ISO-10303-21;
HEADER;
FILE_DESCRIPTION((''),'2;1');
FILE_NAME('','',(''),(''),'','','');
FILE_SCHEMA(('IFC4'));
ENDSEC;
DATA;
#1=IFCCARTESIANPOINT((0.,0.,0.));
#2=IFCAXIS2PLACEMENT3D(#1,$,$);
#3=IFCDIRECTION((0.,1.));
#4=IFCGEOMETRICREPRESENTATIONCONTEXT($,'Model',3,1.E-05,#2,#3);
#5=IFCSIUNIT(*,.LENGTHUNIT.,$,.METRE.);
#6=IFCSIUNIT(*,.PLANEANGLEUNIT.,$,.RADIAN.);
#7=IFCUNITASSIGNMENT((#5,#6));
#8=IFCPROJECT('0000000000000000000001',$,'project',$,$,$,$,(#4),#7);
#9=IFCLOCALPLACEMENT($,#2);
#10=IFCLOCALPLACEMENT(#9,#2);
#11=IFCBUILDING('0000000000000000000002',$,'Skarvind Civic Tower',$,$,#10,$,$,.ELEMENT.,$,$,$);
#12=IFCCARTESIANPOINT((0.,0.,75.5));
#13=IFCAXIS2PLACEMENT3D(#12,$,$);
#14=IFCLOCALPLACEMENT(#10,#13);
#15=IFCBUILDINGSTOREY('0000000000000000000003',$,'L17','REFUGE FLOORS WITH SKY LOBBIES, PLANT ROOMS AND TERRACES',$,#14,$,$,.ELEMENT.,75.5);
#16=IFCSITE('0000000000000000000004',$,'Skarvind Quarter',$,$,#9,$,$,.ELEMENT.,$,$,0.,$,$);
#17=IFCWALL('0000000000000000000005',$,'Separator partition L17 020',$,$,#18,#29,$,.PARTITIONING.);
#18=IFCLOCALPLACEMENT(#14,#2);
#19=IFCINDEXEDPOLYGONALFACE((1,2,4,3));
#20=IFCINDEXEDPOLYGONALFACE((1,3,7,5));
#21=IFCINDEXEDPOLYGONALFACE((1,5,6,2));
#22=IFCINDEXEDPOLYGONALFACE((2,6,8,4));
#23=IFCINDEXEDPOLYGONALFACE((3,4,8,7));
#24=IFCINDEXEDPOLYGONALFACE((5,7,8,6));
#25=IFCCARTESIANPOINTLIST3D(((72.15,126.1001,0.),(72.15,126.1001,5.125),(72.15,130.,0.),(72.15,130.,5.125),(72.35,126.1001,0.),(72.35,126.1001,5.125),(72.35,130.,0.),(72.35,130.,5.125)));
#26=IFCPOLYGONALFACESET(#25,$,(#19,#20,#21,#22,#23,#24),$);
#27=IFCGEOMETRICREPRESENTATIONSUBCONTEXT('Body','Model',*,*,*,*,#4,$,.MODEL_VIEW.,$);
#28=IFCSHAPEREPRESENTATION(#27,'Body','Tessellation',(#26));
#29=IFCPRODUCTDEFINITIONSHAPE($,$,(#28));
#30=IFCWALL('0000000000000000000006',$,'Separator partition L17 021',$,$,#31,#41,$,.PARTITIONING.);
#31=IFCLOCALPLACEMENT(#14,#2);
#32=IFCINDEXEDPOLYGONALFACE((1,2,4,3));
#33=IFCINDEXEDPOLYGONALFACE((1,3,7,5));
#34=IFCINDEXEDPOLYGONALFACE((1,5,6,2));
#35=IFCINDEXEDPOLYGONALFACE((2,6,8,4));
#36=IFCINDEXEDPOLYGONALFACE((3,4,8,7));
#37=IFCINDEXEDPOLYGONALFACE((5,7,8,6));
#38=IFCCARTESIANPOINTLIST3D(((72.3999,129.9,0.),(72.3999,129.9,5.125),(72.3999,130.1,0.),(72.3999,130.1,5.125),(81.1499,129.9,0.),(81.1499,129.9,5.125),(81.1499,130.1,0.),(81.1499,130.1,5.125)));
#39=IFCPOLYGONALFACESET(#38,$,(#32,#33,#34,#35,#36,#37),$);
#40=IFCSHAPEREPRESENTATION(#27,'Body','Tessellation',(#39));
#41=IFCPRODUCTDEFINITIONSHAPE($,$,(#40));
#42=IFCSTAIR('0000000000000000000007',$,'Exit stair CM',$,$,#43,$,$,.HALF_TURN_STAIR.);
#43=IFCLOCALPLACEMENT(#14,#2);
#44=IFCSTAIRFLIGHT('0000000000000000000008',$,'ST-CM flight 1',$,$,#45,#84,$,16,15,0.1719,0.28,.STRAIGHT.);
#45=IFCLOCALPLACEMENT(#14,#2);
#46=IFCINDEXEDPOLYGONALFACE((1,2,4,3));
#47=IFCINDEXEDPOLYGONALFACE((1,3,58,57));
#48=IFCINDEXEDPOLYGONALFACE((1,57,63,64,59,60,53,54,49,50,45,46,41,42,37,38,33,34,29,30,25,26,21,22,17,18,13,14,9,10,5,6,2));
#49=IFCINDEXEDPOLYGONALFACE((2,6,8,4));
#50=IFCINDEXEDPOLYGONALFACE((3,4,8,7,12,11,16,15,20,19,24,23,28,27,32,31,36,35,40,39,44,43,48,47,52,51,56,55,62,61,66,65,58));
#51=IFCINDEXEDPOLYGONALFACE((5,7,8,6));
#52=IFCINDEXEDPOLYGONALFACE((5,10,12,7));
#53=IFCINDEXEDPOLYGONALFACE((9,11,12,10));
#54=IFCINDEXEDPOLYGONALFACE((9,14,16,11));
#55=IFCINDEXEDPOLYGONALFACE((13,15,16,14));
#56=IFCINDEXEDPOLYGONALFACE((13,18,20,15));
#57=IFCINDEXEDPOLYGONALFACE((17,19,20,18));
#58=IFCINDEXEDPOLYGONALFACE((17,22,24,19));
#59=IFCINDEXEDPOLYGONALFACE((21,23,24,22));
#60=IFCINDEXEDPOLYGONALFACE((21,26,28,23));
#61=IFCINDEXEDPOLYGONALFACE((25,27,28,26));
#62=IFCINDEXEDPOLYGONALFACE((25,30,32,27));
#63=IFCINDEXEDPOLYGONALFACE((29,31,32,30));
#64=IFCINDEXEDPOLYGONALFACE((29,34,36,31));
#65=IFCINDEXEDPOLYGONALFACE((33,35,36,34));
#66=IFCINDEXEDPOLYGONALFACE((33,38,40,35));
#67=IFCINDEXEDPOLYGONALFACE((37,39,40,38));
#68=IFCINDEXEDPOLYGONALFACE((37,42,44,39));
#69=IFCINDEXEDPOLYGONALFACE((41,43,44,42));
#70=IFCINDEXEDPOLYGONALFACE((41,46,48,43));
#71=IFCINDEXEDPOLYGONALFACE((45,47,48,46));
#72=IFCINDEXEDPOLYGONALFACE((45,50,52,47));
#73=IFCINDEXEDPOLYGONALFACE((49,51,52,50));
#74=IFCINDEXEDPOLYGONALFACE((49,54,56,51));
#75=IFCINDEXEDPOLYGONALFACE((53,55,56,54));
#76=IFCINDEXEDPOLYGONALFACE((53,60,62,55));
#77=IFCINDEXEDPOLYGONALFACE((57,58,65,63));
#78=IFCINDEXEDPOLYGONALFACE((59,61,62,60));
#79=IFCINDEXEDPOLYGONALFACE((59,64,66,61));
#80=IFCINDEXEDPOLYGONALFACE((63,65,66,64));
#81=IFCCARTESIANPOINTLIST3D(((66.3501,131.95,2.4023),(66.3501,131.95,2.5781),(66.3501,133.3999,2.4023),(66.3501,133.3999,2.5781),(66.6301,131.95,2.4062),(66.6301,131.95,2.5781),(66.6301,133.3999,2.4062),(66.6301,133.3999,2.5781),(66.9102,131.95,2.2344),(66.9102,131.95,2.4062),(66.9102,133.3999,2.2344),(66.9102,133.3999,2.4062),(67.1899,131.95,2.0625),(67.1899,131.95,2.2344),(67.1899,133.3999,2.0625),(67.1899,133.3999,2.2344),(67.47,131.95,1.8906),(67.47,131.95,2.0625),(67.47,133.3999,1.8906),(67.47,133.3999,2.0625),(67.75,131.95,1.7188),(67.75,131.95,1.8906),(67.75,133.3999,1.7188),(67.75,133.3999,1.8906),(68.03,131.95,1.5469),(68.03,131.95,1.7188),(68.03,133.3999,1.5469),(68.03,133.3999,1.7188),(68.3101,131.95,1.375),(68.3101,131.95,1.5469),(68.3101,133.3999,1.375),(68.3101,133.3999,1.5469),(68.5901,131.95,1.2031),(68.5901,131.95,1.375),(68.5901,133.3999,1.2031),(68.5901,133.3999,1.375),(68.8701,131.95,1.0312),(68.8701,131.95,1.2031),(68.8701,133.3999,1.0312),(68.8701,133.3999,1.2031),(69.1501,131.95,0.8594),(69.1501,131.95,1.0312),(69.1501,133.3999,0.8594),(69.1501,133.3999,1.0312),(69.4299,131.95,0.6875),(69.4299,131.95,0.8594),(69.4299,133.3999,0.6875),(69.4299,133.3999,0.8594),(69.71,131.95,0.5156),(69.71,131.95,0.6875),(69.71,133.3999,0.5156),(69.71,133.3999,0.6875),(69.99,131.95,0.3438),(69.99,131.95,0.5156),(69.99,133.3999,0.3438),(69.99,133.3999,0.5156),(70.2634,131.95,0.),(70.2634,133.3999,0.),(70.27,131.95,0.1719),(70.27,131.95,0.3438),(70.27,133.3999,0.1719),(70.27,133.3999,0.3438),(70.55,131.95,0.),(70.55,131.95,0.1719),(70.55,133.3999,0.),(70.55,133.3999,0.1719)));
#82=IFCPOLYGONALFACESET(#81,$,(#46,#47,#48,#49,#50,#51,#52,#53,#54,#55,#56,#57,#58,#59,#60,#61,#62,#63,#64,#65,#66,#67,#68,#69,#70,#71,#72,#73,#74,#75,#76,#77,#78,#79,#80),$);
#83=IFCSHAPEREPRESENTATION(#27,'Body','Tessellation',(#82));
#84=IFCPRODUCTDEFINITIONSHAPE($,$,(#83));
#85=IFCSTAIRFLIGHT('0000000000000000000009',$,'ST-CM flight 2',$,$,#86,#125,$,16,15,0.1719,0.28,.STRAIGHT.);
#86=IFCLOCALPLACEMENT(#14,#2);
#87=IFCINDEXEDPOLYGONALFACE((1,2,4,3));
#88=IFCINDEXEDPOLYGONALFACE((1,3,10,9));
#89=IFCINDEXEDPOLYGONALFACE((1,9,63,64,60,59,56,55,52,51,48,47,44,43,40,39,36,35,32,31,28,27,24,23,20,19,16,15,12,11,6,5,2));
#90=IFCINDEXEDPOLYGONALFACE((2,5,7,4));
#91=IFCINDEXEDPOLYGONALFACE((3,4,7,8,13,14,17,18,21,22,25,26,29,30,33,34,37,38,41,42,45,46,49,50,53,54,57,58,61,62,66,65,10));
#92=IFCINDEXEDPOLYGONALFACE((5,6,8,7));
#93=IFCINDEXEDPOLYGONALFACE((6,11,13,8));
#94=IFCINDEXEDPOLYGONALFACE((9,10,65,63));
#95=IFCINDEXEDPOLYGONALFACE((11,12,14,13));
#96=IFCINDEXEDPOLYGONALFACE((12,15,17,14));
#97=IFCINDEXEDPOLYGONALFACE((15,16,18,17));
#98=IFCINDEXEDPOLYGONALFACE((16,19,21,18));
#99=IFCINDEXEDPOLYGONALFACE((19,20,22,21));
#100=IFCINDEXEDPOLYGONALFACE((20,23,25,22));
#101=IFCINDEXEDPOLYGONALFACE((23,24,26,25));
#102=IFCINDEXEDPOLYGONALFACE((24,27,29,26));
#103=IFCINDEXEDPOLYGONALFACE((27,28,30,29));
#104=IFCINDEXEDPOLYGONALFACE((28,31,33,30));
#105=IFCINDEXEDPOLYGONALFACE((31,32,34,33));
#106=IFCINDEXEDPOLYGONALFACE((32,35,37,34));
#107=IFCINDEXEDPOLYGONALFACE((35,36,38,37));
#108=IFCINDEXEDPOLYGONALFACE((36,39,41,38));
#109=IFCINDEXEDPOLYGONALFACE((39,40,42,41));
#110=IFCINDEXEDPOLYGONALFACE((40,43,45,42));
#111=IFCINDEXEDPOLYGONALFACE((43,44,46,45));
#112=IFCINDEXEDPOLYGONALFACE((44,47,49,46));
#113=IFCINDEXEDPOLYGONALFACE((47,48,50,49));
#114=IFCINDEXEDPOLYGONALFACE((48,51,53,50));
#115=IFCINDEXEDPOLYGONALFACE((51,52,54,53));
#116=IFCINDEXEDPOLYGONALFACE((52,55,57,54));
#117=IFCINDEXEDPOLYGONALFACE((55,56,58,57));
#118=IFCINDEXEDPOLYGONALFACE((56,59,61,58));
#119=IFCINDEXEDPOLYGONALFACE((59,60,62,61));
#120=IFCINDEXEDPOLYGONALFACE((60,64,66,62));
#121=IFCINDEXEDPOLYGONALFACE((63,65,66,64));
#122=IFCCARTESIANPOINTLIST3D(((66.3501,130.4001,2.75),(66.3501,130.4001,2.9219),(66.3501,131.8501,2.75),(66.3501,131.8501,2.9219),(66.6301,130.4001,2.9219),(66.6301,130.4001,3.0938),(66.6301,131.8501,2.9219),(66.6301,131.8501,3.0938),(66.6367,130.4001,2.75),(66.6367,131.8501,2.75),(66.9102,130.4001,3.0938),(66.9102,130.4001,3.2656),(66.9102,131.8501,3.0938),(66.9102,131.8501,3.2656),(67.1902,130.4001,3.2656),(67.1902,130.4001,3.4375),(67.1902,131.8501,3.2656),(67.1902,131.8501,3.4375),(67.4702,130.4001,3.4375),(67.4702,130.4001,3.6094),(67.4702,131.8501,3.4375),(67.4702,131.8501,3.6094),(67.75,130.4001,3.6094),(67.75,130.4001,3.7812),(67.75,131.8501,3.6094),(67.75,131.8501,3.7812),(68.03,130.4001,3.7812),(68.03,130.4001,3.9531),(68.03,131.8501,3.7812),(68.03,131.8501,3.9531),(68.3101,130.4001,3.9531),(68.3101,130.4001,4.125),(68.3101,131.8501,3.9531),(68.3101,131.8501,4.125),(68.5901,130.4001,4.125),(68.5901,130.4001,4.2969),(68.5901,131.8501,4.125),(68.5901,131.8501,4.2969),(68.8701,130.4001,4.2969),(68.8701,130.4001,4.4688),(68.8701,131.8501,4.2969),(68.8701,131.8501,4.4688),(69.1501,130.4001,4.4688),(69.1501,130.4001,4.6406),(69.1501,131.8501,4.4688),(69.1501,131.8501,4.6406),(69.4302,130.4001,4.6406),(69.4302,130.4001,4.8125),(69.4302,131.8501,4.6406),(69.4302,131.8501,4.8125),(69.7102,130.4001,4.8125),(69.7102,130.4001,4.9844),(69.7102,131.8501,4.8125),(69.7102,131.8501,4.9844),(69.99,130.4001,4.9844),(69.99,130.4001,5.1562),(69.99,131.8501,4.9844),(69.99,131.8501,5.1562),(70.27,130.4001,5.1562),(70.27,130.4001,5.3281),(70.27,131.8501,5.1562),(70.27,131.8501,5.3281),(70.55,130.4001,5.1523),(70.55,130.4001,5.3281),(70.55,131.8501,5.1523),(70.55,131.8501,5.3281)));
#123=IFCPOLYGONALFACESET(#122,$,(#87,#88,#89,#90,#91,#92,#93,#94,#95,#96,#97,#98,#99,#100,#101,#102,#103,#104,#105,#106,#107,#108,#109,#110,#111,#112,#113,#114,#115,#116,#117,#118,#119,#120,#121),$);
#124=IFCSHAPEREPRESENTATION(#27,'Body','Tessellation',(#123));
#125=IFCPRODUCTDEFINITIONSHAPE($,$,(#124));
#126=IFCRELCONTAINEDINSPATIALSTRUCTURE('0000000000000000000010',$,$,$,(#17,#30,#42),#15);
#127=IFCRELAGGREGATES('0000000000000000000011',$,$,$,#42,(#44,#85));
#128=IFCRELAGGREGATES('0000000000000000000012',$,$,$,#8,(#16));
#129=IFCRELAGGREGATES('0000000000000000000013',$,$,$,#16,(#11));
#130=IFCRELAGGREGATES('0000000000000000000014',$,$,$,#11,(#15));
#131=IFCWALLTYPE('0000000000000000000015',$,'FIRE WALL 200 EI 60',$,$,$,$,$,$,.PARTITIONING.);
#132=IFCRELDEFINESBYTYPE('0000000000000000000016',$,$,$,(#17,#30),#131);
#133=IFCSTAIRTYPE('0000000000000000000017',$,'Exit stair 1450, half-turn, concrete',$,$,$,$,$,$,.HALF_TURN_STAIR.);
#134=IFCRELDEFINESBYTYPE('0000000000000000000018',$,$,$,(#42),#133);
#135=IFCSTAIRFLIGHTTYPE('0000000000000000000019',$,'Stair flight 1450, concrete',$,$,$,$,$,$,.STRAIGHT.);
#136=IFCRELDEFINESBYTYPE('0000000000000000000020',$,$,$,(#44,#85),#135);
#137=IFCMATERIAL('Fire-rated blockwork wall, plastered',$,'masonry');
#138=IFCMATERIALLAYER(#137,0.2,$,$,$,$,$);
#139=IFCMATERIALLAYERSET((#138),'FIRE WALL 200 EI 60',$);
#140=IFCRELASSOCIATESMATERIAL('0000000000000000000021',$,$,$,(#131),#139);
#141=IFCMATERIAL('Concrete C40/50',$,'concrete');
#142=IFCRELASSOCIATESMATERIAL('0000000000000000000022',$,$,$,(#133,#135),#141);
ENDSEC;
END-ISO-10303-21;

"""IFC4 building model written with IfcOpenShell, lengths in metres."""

from ifc_helpers import new_model, si_unit, direction, frame, frame_2d, origin, place, context, subcontext, project, spatial, polyline, rectangle, outline, extrude, material, layer, layer_set, type_object, element, aggregate, save


model = new_model("IFC4")

# Units and contexts
model_context = context("Model", 3, precision=1e-05, world=origin(), true_north=direction((0.0, 1.0)))
body_context = subcontext(model_context, "Body", "Model", "MODEL_VIEW")
ifc_project = project(units=[si_unit("LENGTHUNIT", "METRE"), si_unit("PLANEANGLEUNIT", "RADIAN")], contexts=[model_context])

# Site, building, storey
site_placement = place(None, origin())
site = spatial("IfcSite", under=ifc_project, at=site_placement, Name="Skarvind Quarter", CompositionType="ELEMENT", RefElevation=0.0)
building_placement = place(site_placement, origin())
building = spatial("IfcBuilding", under=site, at=building_placement, Name="Skarvind Civic Tower", CompositionType="ELEMENT")
storey_placement = place(building_placement, frame((0.0, 0.0, 75.5)))
storey = spatial("IfcBuildingStorey", under=building, at=storey_placement, Name="L17", Description="REFUGE FLOORS WITH SKY LOBBIES, PLANT ROOMS AND TERRACES", CompositionType="ELEMENT", Elevation=75.5)

# Walls
ifc_material_1 = material(Name="Fire-rated blockwork wall, plastered", Category="masonry")
ifc_layer_1 = layer(ifc_material_1, 0.2)
ifc_layer_set_1 = layer_set([ifc_layer_1], Name="FIRE WALL 200 EI 60")
wall_type_1 = type_object("IfcWallType", Name="FIRE WALL 200 EI 60", PredefinedType="PARTITIONING", material=ifc_layer_set_1)
wall_1_placement = place(storey_placement, frame((72.25, 126.1001, 0.0), z_axis=(0.0, 0.0, 1.0), x_axis=(0.0, 1.0, 0.0)))
element("IfcWall", 1, at=wall_1_placement, inside=storey, type_object=wall_type_1, Name="Separator partition L17 020", PredefinedType="PARTITIONING", context=body_context, shape_type="SweptSolid", body=[
    extrude(rectangle(XDim=3.8999, YDim=0.2, at=frame_2d((1.95, 0.0))), origin(), (0.0, 0.0, 1.0), 5.125),
])
wall_2_placement = place(storey_placement, frame((72.3999, 130.0, 0.0), z_axis=(0.0, 0.0, 1.0), x_axis=(1.0, 0.0, 0.0)))
element("IfcWall", 2, at=wall_2_placement, inside=storey, type_object=wall_type_1, Name="Separator partition L17 021", PredefinedType="PARTITIONING", context=body_context, shape_type="SweptSolid", body=[
    extrude(rectangle(XDim=8.75, YDim=0.2, at=frame_2d((4.375, 0.0))), origin(), (0.0, 0.0, 1.0), 5.125),
])

# Stair, stair flights
ifc_material_2 = material(Name="Concrete C40/50", Category="concrete")
stair_type = type_object("IfcStairType", Name="Exit stair 1450, half-turn, concrete", PredefinedType="HALF_TURN_STAIR", material=ifc_material_2)
stair_placement = place(storey_placement, origin())
stair = element("IfcStair", 3, at=stair_placement, inside=storey, type_object=stair_type, Name="Exit stair CM", PredefinedType="HALF_TURN_STAIR")
stair_flight_type = type_object("IfcStairFlightType", Name="Stair flight 1450, concrete", PredefinedType="STRAIGHT", material=ifc_material_2)
stair_flight_1_placement = place(storey_placement, frame((70.55, 132.675, 0.0), z_axis=(0.0, 0.0, 1.0), x_axis=(-1.0, 0.0, 0.0)))
stair_flight_1 = element("IfcStairFlight", 4, at=stair_flight_1_placement, type_object=stair_flight_type, Name="ST-CM flight 1", NumberOfRisers=16, NumberOfTreads=15, PredefinedType="STRAIGHT", RiserHeight=0.1719, TreadLength=0.28, context=body_context, shape_type="SweptSolid", body=[
    extrude(outline(polyline([(0.0, 0.0), (0.0, 0.1719), (0.28, 0.1719), (0.28, 0.3438), (0.5601, 0.3438), (0.5601, 0.5156), (0.8401, 0.5156), (0.8401, 0.6875), (1.1201, 0.6875), (1.1201, 0.8594), (1.3999, 0.8594), (1.3999, 1.0312), (1.6799, 1.0312), (1.6799, 1.2031), (1.96, 1.2031), (1.96, 1.375), (2.24, 1.375), (2.24, 1.5469), (2.52, 1.5469), (2.52, 1.7188), (2.8, 1.7188), (2.8, 1.8906), (3.0801, 1.8906), (3.0801, 2.0625), (3.3601, 2.0625), (3.3601, 2.2344), (3.6399, 2.2344), (3.6399, 2.4062), (3.9199, 2.4062), (3.9199, 2.5781), (4.2, 2.5781), (4.2, 2.75), (4.2, 2.4023), (0.2866, 0.0), (0.0, 0.0)])), frame((0.0, 0.7251, 0.0), z_axis=(0.0, -1.0, 0.0), x_axis=(1.0, 0.0, 0.0)), (0.0, 0.0, 1.0), 1.45),
])
stair_flight_2_placement = place(storey_placement, frame((66.3501, 131.125, 2.75), z_axis=(0.0, 0.0, 1.0), x_axis=(1.0, 0.0, 0.0)))
stair_flight_2 = element("IfcStairFlight", 5, at=stair_flight_2_placement, type_object=stair_flight_type, Name="ST-CM flight 2", NumberOfRisers=16, NumberOfTreads=15, PredefinedType="STRAIGHT", RiserHeight=0.1719, TreadLength=0.28, context=body_context, shape_type="SweptSolid", body=[
    extrude(outline(polyline([(0.0, 0.0), (0.0, 0.1719), (0.28, 0.1719), (0.28, 0.3438), (0.5601, 0.3438), (0.5601, 0.5156), (0.8401, 0.5156), (0.8401, 0.6875), (1.1201, 0.6875), (1.1201, 0.8594), (1.3999, 0.8594), (1.3999, 1.0312), (1.6799, 1.0312), (1.6799, 1.2031), (1.96, 1.2031), (1.96, 1.375), (2.24, 1.375), (2.24, 1.5469), (2.52, 1.5469), (2.52, 1.7188), (2.8, 1.7188), (2.8, 1.8906), (3.0801, 1.8906), (3.0801, 2.0625), (3.3601, 2.0625), (3.3601, 2.2344), (3.6399, 2.2344), (3.6399, 2.4062), (3.9199, 2.4062), (3.9199, 2.5781), (4.2, 2.5781), (4.2, 2.75), (4.2, 2.4023), (0.2866, 0.0), (0.0, 0.0)])), frame((0.0, 0.7251, 0.0), z_axis=(0.0, -1.0, 0.0), x_axis=(1.0, 0.0, 0.0)), (0.0, 0.0, 1.0), 1.45),
])
aggregate(stair, [stair_flight_1, stair_flight_2])

save(model, "model.ifc")
